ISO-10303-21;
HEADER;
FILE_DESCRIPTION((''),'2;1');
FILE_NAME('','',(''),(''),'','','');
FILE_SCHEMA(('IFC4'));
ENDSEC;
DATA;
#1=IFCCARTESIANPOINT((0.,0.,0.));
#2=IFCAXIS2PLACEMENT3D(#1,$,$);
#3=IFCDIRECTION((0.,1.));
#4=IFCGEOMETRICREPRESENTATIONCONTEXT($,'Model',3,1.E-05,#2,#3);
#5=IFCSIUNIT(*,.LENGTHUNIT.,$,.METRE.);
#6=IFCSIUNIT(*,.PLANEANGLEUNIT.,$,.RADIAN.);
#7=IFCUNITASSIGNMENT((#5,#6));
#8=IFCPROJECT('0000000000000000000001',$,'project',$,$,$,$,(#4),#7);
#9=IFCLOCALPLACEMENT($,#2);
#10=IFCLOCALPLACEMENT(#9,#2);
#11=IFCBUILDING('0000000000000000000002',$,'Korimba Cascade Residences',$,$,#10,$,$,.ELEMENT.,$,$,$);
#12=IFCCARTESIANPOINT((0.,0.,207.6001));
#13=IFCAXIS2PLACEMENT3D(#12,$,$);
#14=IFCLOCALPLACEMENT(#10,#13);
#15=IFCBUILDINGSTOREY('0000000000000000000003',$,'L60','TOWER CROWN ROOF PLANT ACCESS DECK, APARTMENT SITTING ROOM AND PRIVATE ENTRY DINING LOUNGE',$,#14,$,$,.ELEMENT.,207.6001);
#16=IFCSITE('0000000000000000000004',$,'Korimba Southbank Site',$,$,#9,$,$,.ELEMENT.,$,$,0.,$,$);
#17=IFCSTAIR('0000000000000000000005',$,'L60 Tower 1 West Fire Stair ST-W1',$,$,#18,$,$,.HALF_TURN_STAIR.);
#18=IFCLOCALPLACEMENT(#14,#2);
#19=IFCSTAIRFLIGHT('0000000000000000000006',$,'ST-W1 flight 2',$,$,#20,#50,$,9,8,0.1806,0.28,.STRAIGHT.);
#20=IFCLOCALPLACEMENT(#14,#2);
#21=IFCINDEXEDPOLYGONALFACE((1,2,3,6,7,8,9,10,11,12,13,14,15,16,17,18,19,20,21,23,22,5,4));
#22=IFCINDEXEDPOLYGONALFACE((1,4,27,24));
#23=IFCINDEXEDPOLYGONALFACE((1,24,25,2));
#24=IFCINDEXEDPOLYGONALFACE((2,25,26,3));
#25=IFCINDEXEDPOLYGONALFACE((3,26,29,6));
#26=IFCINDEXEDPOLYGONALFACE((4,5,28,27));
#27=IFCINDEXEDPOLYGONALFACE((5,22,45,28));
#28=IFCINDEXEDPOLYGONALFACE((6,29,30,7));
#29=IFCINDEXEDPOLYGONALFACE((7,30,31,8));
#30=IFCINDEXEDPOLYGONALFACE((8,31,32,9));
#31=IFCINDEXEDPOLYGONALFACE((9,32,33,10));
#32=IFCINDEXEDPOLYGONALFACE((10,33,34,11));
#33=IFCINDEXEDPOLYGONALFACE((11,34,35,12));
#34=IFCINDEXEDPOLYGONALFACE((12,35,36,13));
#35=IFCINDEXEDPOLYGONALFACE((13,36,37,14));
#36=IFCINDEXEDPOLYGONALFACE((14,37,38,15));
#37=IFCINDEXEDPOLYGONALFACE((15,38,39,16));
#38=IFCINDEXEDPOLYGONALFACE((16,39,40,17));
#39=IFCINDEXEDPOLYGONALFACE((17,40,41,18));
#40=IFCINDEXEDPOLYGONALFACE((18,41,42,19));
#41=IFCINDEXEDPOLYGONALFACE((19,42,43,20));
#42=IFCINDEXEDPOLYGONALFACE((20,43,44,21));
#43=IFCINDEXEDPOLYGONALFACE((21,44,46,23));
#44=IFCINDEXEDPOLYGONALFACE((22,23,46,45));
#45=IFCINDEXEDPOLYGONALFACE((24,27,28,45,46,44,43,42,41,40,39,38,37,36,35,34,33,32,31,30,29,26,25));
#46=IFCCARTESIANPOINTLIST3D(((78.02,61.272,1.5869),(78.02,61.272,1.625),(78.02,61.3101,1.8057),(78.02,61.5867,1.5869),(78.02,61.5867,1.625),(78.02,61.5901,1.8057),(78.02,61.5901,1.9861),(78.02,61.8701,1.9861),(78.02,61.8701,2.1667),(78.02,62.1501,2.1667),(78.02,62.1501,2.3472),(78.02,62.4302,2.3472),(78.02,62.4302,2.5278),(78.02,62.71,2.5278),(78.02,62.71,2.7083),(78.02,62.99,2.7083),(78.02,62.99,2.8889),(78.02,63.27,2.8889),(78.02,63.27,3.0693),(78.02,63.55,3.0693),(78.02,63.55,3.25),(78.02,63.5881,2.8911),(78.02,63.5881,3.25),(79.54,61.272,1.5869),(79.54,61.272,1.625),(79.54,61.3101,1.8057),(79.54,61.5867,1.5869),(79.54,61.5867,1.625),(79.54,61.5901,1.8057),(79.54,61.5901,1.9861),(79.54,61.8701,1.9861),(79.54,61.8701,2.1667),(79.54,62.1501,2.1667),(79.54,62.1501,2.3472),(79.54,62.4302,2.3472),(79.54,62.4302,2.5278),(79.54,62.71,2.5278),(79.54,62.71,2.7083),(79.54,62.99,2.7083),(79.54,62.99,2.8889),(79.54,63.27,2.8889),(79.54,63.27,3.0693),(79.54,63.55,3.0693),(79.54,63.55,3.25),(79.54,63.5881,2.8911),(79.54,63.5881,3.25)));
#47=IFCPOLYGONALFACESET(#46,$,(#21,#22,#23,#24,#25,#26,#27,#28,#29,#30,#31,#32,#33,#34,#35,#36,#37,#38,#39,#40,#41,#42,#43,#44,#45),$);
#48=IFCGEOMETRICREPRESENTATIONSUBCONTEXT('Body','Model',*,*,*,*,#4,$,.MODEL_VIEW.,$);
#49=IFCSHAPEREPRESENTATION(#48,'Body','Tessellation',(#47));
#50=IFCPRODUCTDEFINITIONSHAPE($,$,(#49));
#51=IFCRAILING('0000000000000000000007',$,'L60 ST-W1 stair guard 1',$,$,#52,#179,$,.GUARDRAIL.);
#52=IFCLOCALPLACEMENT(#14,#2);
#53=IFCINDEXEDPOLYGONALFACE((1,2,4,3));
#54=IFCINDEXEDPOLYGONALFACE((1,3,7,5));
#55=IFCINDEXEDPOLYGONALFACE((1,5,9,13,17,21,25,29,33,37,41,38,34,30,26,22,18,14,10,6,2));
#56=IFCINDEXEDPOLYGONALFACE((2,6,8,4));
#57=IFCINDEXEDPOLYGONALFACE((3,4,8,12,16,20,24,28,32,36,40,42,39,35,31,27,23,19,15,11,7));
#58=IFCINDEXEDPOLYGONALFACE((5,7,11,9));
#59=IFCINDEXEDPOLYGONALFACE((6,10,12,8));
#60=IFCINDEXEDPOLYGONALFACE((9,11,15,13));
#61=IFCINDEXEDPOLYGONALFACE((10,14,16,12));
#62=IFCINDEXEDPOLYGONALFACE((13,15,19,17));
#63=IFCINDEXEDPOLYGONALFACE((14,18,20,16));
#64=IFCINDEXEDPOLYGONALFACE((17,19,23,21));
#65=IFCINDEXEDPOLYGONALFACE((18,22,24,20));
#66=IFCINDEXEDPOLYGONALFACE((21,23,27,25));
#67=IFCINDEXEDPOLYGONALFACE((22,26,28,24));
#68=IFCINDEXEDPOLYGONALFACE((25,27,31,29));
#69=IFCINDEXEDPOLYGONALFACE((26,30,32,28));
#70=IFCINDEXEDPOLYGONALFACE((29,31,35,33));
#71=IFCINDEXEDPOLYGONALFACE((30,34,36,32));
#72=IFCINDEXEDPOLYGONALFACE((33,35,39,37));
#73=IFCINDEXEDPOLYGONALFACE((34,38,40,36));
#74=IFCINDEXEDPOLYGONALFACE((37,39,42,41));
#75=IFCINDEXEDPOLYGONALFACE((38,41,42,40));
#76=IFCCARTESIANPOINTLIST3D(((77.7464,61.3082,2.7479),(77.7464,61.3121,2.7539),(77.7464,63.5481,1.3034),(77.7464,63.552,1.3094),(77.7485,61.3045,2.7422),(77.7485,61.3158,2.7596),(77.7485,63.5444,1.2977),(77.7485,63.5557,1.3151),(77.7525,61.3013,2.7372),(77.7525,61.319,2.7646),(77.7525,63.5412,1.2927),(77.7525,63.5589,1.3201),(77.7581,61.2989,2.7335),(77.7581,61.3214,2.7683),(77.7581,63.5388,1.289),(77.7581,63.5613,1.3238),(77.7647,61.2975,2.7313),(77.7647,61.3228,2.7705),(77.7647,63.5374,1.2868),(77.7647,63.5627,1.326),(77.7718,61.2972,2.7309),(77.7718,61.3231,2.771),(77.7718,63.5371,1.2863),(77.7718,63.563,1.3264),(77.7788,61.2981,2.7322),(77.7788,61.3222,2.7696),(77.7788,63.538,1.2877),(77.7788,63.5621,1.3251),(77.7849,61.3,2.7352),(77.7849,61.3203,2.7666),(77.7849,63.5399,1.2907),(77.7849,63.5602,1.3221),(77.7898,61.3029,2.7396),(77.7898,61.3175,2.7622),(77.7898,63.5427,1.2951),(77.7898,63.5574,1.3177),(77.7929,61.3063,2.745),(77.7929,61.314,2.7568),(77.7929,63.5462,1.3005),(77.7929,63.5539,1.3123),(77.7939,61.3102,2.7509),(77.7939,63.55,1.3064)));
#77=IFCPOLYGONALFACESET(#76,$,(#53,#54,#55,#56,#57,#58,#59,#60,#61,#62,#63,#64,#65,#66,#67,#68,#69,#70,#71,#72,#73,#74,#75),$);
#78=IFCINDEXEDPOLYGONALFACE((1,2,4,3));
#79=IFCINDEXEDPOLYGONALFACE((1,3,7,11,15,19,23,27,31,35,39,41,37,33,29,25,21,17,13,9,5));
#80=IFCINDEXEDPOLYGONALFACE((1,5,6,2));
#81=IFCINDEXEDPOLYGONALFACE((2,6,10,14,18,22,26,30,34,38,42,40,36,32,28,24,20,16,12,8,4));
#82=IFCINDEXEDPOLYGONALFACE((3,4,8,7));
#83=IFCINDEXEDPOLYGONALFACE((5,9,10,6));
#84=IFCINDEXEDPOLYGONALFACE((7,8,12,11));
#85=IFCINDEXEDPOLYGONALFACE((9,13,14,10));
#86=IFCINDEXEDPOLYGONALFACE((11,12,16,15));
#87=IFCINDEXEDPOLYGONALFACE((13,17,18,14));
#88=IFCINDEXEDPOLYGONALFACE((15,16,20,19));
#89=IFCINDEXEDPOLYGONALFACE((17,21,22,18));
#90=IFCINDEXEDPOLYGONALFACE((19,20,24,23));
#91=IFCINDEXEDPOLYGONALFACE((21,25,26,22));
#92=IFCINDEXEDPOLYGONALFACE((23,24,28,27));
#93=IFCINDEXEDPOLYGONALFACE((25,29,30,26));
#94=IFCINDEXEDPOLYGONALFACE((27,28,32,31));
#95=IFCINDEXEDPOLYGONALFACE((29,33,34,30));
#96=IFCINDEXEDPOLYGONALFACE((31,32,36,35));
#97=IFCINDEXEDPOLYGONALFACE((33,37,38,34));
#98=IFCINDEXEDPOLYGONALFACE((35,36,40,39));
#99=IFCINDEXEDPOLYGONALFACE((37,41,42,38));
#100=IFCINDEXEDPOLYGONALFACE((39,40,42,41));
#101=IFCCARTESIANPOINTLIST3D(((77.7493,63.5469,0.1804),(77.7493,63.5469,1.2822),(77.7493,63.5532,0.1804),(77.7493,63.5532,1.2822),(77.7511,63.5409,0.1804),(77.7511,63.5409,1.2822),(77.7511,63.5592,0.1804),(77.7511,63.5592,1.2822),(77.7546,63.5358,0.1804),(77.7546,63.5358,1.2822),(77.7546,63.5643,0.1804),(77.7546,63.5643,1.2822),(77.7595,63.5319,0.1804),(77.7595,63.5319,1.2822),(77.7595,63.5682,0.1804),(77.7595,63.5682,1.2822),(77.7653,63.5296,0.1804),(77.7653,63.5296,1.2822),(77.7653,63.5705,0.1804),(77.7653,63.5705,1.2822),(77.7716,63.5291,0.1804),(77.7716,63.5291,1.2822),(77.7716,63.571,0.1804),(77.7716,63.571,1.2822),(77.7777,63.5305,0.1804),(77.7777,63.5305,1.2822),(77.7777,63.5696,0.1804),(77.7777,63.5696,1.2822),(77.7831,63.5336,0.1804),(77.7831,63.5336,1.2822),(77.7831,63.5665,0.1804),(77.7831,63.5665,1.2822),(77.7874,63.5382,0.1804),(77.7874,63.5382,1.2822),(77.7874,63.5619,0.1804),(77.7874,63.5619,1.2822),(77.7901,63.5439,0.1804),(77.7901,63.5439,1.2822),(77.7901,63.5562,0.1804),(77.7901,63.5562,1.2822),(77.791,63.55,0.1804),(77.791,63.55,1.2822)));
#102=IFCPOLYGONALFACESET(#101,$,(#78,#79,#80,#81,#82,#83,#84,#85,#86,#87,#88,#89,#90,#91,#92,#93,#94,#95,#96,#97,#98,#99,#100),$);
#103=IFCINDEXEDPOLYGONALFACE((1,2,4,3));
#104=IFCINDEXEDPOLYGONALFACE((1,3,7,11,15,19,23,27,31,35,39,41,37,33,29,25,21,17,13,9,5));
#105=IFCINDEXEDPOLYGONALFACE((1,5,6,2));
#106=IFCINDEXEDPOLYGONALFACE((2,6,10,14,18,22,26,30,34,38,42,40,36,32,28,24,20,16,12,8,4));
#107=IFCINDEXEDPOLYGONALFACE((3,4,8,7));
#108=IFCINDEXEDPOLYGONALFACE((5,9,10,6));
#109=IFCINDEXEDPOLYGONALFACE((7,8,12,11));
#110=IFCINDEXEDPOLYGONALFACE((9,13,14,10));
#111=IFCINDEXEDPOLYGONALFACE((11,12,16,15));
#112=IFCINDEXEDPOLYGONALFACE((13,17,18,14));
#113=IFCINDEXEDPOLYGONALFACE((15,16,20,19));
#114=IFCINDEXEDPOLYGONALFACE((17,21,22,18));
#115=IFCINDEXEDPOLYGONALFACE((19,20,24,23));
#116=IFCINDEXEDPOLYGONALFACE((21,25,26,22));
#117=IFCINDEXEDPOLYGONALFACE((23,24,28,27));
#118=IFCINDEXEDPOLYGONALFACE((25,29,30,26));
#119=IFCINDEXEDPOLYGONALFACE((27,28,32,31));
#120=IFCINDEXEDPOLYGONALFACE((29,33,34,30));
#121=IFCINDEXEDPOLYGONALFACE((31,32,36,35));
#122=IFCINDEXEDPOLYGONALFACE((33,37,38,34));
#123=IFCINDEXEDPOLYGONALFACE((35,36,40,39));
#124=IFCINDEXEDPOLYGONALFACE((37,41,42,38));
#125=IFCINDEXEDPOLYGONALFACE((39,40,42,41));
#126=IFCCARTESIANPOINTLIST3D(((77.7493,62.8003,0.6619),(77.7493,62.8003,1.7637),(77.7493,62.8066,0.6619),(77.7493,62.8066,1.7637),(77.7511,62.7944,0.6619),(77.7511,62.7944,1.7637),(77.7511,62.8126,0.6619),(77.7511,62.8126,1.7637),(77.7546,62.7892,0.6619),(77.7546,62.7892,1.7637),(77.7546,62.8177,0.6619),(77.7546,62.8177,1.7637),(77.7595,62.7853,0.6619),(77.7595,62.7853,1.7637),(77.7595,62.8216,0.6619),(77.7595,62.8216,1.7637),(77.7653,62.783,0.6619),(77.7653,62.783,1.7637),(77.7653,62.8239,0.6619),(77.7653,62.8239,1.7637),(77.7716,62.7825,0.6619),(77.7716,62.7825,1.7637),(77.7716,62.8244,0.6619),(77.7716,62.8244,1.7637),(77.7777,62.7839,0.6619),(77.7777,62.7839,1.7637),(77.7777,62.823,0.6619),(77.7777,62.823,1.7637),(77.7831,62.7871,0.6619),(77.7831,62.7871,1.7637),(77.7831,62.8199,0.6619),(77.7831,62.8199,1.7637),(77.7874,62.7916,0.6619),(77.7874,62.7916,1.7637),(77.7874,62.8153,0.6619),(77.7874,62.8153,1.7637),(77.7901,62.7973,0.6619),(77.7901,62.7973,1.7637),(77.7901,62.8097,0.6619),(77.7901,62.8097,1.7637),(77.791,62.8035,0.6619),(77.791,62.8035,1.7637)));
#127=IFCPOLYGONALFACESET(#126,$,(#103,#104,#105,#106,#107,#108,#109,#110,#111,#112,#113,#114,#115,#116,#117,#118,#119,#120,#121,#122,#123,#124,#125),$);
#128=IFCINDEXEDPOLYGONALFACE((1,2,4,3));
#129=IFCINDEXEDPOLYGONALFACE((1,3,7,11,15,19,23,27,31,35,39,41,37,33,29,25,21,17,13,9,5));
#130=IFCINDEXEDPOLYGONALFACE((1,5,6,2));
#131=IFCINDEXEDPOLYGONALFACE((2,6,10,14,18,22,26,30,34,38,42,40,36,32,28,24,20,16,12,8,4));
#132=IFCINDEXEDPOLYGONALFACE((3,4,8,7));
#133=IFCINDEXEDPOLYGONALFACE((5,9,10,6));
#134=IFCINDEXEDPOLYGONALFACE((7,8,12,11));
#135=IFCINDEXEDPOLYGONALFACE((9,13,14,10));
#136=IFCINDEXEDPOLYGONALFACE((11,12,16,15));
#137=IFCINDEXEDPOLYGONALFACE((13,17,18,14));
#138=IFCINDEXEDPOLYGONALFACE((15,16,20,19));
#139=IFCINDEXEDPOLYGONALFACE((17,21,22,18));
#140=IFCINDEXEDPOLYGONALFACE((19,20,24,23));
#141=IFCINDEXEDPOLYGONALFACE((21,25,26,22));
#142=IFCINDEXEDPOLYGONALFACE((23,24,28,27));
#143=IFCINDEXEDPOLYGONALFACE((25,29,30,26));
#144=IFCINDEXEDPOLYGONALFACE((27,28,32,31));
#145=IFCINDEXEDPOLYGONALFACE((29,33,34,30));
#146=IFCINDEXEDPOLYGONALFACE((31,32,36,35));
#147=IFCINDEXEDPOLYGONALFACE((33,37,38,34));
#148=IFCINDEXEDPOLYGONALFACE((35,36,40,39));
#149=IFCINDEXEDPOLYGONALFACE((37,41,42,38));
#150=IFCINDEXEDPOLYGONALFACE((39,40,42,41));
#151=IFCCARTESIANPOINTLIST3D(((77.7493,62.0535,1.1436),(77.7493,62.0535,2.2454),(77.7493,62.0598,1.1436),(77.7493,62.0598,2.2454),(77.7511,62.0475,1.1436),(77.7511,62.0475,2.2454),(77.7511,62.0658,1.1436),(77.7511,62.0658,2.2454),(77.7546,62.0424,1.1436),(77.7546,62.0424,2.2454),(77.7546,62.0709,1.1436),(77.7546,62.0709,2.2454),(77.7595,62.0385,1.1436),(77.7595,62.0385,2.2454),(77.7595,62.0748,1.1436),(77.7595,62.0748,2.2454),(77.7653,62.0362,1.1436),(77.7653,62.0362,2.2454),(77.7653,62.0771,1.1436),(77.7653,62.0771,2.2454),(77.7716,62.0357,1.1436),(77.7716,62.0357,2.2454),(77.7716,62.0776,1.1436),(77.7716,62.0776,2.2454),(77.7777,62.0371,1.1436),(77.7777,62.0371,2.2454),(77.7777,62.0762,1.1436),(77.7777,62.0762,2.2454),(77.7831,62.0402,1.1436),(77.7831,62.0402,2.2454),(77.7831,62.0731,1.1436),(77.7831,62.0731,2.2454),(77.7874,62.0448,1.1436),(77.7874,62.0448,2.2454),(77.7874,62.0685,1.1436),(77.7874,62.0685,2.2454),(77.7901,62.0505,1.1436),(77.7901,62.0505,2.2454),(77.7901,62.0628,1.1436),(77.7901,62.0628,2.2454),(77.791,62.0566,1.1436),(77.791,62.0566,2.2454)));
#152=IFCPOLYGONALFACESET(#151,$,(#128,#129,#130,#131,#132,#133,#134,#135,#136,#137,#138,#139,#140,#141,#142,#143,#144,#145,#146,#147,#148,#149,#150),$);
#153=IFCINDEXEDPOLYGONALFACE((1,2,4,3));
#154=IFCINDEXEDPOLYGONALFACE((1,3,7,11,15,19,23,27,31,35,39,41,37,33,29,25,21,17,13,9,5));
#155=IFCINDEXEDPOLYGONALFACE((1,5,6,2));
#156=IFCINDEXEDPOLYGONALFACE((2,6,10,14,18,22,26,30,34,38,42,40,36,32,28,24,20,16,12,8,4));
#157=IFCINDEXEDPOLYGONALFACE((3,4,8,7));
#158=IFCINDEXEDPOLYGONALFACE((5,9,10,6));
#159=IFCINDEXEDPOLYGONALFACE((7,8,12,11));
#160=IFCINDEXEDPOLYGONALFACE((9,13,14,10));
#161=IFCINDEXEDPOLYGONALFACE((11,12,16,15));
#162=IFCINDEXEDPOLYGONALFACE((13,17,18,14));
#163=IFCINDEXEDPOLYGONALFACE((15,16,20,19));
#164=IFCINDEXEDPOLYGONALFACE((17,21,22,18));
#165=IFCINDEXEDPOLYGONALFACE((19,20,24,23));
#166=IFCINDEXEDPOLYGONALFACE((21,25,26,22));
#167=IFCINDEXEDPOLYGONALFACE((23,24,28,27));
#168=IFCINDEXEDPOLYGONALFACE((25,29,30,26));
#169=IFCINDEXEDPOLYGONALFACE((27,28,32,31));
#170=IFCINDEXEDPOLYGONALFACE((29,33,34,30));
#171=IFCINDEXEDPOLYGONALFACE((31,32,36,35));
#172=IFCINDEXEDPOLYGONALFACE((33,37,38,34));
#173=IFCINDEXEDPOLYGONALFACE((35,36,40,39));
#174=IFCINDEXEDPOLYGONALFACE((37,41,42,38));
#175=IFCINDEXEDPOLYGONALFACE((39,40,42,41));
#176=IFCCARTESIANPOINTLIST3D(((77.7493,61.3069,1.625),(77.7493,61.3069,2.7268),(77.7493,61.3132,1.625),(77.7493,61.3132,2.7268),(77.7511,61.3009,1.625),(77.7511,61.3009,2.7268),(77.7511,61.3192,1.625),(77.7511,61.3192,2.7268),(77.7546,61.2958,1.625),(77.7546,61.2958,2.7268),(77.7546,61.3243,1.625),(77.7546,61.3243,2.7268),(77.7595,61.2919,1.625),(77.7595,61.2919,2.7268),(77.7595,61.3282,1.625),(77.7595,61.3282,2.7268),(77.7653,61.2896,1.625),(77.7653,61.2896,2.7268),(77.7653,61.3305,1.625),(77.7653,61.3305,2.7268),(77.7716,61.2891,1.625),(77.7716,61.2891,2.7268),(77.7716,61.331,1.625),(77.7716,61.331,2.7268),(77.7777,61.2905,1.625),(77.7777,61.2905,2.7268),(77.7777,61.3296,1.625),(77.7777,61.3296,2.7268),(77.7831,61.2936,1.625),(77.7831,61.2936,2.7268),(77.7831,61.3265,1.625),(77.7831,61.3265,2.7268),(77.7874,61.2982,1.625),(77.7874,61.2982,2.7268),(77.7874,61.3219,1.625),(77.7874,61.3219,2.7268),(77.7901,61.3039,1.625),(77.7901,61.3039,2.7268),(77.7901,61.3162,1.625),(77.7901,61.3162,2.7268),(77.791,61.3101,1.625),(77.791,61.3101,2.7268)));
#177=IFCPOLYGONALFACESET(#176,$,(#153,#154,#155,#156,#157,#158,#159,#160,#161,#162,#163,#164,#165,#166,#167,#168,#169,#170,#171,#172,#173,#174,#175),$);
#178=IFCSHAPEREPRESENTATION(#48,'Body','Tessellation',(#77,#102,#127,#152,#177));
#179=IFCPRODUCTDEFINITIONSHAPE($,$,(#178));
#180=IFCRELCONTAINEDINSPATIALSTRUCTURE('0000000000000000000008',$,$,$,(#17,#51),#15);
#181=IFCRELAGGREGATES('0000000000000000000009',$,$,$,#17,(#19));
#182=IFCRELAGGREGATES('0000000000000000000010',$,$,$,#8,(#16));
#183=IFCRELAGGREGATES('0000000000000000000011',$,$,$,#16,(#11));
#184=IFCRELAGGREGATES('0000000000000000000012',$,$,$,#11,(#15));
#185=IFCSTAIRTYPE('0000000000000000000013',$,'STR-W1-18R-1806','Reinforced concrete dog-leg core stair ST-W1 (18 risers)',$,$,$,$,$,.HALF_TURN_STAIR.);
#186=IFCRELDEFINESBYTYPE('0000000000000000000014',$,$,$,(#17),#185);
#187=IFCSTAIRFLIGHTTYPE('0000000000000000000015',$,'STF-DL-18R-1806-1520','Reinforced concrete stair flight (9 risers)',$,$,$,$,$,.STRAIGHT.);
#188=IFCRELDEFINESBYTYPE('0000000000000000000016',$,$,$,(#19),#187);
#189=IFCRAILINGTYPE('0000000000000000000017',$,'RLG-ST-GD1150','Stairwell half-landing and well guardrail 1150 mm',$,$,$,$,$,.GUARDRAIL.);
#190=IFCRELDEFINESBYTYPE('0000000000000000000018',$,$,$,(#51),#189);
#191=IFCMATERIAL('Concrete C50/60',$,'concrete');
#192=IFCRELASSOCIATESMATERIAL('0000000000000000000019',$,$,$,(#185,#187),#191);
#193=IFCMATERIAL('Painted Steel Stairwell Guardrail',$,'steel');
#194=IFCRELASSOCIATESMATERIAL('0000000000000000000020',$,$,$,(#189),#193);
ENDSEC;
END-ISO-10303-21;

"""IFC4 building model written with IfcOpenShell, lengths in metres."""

from ifc_helpers import new_model, si_unit, direction, frame, origin, origin_2d, place, context, subcontext, project, spatial, polyline, circle, outline, extrude, material, type_object, element, aggregate, save


model = new_model("IFC4")

# Units and contexts
model_context = context("Model", 3, precision=1e-05, world=origin(), true_north=direction((0.0, 1.0)))
body_context = subcontext(model_context, "Body", "Model", "MODEL_VIEW")
ifc_project = project(units=[si_unit("LENGTHUNIT", "METRE"), si_unit("PLANEANGLEUNIT", "RADIAN")], contexts=[model_context])

# Site, building, storey
site_placement = place(None, origin())
site = spatial("IfcSite", under=ifc_project, at=site_placement, Name="Korimba Southbank Site", CompositionType="ELEMENT", RefElevation=0.0)
building_placement = place(site_placement, origin())
building = spatial("IfcBuilding", under=site, at=building_placement, Name="Korimba Cascade Residences", CompositionType="ELEMENT")
storey_placement = place(building_placement, frame((0.0, 0.0, 207.6001)))
storey = spatial("IfcBuildingStorey", under=building, at=storey_placement, Name="L60", Description="TOWER CROWN ROOF PLANT ACCESS DECK, APARTMENT SITTING ROOM AND PRIVATE ENTRY DINING LOUNGE", CompositionType="ELEMENT", Elevation=207.6001)

# Stair, stair flight
ifc_material_1 = material(Name="Concrete C50/60", Category="concrete")
stair_type = type_object("IfcStairType", Name="STR-W1-18R-1806", Description="Reinforced concrete dog-leg core stair ST-W1 (18 risers)", PredefinedType="HALF_TURN_STAIR", material=ifc_material_1)
stair_placement = place(storey_placement, origin())
stair = element("IfcStair", 1, at=stair_placement, inside=storey, type_object=stair_type, Name="L60 Tower 1 West Fire Stair ST-W1", PredefinedType="HALF_TURN_STAIR")
stair_flight_type = type_object("IfcStairFlightType", Name="STF-DL-18R-1806-1520", Description="Reinforced concrete stair flight (9 risers)", PredefinedType="STRAIGHT", material=ifc_material_1)
stair_flight_1_placement = place(storey_placement, frame((78.78, 61.3101, 1.625), z_axis=(0.0, 0.0, 1.0), x_axis=(0.0, 1.0, 0.0)))
stair_flight_1 = element("IfcStairFlight", 2, at=stair_flight_1_placement, type_object=stair_flight_type, Name="ST-W1 flight 2", NumberOfRisers=9, NumberOfTreads=8, PredefinedType="STRAIGHT", RiserHeight=0.1806, TreadLength=0.28, context=body_context, shape_type="SweptSolid", body=[
    extrude(outline(polyline([(-0.0381, 0.0), (0.0, 0.1807), (0.28, 0.1807), (0.28, 0.3611), (0.5601, 0.3611), (0.5601, 0.5417), (0.8401, 0.5417), (0.8401, 0.7222), (1.1201, 0.7222), (1.1201, 0.9028), (1.3999, 0.9028), (1.3999, 1.0833), (1.6799, 1.0833), (1.6799, 1.2639), (1.96, 1.2639), (1.96, 1.4443), (2.24, 1.4443), (2.24, 1.625), (2.2781, 1.625), (2.2781, 1.2661), (0.2766, 0.0), (0.2766, -0.0381), (-0.0381, -0.0381), (-0.0381, 0.0)])), frame((0.0, 0.76, 0.0), z_axis=(0.0, -1.0, 0.0), x_axis=(1.0, 0.0, 0.0)), (0.0, 0.0, 1.0), 1.52),
])
aggregate(stair, [stair_flight_1])

# Railing
ifc_material_2 = material(Name="Painted Steel Stairwell Guardrail", Category="steel")
railing_type_1 = type_object("IfcRailingType", Name="RLG-ST-GD1150", Description="Stairwell half-landing and well guardrail 1150 mm", PredefinedType="GUARDRAIL", material=ifc_material_2)
railing_1_placement = place(storey_placement, frame((77.77, 63.55, 0.1804)))
element("IfcRailing", 3, at=railing_1_placement, inside=storey, type_object=railing_type_1, Name="L60 ST-W1 stair guard 1", PredefinedType="GUARDRAIL", context=body_context, shape_type="SweptSolid", body=[
    extrude(circle(Radius=0.0239, at=origin_2d()), frame((0.0, 0.0, 1.126), z_axis=(0.0, -0.840395, 0.541975), x_axis=(1.0, 0.0, 0.0)), (0.0, 0.0, 1.0), 2.6653),
    extrude(circle(Radius=0.021, at=origin_2d()), origin(), (0.0, 0.0, 1.0), 1.1018),
    extrude(circle(Radius=0.021, at=origin_2d()), frame((0.0, -0.7466, 0.4814)), (0.0, 0.0, 1.0), 1.1018),
    extrude(circle(Radius=0.021, at=origin_2d()), frame((0.0, -1.4934, 0.9631)), (0.0, 0.0, 1.0), 1.1018),
    extrude(circle(Radius=0.021, at=origin_2d()), frame((0.0, -2.24, 1.4446)), (0.0, 0.0, 1.0), 1.1018),
])

save(model, "model.ifc")
